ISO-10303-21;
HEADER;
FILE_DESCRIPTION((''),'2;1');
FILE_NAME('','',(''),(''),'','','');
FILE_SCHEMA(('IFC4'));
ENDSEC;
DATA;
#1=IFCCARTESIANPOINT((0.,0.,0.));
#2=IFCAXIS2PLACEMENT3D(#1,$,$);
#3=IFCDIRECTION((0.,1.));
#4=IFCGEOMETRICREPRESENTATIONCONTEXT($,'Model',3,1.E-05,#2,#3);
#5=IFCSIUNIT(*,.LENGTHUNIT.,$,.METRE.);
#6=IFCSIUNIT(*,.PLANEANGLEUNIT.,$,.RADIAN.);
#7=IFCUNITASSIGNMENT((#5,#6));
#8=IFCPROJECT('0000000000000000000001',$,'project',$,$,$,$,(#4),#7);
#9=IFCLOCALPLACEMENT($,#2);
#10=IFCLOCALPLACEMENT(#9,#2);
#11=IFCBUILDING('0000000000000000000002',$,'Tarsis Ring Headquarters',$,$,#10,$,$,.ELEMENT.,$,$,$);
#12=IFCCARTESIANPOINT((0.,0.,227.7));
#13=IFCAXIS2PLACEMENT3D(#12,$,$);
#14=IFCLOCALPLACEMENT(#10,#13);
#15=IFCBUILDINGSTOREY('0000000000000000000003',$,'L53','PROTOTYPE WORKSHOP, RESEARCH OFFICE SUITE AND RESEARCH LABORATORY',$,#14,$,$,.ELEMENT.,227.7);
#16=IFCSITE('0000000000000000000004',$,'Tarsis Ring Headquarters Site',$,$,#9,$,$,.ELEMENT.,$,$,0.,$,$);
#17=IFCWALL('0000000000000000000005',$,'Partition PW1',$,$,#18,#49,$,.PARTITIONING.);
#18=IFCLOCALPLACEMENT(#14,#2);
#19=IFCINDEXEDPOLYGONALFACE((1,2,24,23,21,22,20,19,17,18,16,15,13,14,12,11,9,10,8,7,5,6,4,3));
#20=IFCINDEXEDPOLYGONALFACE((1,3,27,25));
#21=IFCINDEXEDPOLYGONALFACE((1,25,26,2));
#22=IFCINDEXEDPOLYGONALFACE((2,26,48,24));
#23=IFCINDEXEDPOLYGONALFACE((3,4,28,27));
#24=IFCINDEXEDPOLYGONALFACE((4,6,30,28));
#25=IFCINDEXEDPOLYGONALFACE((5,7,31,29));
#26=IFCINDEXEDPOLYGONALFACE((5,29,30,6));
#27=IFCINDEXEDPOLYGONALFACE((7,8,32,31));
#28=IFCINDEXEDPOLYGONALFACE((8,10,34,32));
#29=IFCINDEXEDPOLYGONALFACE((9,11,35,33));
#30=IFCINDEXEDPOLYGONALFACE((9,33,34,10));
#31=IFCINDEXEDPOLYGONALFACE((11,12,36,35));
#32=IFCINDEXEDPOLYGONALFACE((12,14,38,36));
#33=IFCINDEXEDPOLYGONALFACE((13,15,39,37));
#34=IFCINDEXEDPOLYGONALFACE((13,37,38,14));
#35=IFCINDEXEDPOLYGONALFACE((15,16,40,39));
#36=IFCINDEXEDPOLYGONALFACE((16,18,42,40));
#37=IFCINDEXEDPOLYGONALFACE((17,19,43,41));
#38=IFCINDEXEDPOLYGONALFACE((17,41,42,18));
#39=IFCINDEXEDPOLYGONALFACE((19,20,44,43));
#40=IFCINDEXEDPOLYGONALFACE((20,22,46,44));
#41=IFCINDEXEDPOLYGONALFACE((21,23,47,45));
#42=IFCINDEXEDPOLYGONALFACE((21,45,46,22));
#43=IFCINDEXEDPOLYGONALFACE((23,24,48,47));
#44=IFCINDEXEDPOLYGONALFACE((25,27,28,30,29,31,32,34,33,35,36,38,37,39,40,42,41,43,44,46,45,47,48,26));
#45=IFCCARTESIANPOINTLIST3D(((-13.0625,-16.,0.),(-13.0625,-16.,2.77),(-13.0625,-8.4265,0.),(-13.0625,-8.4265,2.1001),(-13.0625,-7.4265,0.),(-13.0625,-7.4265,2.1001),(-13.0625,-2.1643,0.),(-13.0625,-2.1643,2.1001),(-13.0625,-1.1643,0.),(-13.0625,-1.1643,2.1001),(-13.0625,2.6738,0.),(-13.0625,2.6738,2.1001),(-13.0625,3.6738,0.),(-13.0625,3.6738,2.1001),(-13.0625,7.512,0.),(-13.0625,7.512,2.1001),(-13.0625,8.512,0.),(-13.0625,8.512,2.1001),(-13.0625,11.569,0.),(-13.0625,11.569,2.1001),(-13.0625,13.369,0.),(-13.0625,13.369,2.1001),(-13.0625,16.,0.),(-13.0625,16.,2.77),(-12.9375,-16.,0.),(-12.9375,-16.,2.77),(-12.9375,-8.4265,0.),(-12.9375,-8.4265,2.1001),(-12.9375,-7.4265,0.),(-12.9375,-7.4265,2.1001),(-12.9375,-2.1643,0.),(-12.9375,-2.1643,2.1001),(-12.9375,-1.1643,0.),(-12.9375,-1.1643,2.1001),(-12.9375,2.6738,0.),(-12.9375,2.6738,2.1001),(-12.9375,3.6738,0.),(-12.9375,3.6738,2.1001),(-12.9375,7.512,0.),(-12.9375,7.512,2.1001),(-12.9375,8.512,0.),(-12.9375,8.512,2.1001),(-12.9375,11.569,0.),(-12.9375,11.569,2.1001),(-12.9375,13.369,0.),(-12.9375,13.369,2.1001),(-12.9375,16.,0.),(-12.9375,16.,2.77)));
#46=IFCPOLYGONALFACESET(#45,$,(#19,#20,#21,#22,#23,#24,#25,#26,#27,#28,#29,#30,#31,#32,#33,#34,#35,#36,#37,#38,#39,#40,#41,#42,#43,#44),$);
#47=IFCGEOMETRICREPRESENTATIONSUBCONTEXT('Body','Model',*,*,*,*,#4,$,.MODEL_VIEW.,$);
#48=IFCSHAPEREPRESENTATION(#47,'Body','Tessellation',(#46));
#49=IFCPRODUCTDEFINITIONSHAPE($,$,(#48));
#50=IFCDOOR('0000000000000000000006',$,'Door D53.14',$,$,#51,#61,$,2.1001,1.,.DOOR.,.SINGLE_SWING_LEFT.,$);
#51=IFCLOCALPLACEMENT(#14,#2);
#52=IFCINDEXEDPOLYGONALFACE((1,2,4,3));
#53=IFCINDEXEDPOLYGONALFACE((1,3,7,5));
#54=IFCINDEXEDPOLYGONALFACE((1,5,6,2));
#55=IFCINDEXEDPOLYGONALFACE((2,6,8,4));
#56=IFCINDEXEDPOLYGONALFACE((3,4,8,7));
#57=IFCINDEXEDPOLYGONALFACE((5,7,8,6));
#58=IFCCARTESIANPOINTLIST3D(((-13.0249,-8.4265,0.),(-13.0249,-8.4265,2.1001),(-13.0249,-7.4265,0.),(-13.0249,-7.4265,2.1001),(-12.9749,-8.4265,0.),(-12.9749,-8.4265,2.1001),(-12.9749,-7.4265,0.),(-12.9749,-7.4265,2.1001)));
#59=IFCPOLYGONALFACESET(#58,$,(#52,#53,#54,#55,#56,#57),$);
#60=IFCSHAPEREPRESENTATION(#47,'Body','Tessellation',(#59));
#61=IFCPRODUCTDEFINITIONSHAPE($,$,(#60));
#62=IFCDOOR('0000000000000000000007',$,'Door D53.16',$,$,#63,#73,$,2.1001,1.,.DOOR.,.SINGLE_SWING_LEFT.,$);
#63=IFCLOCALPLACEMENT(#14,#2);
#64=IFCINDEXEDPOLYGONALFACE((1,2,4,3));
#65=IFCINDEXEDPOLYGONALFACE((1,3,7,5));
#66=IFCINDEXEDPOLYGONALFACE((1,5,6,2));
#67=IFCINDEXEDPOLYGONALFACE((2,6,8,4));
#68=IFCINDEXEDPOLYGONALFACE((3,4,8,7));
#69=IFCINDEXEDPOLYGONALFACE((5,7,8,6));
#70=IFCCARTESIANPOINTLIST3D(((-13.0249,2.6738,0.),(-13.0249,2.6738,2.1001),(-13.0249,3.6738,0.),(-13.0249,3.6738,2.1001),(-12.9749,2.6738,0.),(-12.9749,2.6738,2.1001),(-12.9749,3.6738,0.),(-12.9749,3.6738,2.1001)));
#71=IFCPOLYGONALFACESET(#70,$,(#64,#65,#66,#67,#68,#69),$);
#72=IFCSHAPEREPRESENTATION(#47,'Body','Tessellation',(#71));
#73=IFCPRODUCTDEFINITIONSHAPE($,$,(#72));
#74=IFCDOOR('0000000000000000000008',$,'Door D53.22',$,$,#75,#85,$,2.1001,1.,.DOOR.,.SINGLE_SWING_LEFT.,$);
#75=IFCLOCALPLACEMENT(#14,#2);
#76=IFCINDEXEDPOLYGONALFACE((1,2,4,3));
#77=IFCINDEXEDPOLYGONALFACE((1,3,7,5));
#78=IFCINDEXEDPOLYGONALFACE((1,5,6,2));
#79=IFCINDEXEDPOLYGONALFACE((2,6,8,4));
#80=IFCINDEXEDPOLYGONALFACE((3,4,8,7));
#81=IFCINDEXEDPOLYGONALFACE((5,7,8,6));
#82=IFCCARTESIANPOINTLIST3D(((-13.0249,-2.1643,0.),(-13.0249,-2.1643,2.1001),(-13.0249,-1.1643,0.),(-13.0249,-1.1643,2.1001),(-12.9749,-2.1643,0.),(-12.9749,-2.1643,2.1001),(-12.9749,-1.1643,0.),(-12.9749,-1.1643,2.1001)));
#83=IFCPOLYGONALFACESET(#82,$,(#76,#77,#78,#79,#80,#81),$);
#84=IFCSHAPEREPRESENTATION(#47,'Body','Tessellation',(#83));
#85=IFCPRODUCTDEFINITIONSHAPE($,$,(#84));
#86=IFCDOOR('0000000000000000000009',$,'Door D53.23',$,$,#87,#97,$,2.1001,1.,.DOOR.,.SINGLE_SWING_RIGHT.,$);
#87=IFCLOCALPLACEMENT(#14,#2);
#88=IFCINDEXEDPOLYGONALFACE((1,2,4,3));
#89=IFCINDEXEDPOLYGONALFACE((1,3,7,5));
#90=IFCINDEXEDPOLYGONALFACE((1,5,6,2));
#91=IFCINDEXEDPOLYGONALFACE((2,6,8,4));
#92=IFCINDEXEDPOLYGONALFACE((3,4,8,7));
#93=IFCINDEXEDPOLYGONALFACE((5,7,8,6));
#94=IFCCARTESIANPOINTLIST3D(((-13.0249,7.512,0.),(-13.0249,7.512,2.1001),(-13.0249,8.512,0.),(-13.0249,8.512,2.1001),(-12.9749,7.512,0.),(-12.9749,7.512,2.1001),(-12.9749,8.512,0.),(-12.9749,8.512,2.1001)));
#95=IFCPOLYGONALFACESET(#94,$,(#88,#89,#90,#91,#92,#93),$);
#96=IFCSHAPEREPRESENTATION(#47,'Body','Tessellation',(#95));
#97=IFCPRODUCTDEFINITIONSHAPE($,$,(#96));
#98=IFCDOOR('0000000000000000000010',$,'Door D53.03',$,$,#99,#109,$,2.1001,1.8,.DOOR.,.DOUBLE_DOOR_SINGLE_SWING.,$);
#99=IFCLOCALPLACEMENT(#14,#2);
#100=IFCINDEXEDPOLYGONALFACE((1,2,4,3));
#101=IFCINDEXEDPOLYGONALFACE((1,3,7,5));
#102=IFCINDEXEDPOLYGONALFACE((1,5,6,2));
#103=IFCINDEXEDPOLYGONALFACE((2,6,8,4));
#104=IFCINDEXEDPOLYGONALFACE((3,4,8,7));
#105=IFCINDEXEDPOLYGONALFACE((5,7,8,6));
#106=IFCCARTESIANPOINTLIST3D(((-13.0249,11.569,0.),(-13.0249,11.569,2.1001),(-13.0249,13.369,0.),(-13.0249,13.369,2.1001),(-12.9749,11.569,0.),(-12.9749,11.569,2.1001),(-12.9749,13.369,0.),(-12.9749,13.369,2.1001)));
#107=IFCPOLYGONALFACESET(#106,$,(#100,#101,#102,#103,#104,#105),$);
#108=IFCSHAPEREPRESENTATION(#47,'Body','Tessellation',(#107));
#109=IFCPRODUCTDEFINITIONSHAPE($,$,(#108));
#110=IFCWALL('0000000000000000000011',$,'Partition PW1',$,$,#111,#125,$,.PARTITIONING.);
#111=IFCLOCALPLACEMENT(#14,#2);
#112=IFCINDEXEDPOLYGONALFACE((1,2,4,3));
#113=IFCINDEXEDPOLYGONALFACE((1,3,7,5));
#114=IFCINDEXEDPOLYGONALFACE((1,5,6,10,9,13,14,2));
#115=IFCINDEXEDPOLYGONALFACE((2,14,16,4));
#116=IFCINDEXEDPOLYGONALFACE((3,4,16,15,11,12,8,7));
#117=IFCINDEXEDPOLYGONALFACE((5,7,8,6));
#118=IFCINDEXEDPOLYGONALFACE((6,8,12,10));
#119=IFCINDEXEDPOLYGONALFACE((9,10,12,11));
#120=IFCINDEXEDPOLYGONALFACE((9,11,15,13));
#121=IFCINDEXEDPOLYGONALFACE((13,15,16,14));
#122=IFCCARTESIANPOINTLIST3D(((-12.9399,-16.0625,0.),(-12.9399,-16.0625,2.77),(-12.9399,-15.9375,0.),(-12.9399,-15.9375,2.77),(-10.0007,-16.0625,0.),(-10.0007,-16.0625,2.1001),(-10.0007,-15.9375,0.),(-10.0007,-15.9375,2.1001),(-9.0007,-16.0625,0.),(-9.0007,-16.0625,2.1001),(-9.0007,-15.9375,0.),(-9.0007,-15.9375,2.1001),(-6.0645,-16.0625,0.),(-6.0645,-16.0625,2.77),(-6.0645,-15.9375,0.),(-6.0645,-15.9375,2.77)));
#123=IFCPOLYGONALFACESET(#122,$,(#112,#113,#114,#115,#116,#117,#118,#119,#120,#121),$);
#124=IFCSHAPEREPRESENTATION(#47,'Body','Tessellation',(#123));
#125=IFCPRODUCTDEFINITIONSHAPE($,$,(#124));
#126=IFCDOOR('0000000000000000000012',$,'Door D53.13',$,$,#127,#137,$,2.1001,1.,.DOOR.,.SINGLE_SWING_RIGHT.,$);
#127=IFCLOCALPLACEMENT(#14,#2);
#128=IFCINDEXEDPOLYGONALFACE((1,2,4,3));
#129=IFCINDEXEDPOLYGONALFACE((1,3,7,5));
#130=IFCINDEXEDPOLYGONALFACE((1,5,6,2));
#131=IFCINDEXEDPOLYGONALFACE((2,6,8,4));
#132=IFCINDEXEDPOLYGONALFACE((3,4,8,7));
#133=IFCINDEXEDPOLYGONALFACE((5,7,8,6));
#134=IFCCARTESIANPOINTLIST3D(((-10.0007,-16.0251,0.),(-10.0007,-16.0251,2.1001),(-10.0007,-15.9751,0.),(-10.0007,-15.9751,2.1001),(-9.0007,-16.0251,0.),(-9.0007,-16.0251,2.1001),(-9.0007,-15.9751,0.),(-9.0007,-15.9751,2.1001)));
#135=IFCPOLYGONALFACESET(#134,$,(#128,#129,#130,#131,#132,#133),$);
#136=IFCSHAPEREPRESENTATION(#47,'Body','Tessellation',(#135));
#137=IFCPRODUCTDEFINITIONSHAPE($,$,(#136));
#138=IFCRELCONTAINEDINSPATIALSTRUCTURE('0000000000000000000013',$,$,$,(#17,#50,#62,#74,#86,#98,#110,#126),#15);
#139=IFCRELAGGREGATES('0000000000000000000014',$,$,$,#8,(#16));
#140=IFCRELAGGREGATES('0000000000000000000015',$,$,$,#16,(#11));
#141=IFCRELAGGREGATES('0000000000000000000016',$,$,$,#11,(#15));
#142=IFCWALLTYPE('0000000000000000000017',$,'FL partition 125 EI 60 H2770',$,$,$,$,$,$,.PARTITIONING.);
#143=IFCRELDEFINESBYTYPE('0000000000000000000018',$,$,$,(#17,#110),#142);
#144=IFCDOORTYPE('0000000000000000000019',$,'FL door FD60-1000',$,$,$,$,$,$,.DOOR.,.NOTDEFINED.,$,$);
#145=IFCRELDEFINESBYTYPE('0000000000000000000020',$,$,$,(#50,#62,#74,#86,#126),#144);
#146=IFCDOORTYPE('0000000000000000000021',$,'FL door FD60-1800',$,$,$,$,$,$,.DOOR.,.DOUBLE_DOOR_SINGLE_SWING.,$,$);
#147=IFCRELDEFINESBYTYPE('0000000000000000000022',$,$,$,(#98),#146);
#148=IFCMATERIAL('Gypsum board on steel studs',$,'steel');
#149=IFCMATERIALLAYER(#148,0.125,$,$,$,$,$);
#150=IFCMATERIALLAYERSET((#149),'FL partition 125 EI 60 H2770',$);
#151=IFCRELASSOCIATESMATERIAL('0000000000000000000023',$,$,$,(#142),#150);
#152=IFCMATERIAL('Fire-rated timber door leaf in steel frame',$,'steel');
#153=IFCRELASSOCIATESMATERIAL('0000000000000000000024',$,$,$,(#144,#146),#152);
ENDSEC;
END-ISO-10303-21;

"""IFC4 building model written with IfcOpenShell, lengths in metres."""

from ifc_helpers import new_model, si_unit, direction, frame, frame_2d, origin, place, context, subcontext, project, spatial, rectangle, extrude, material, layer, layer_set, type_object, element, fill, save


model = new_model("IFC4")

# Units and contexts
model_context = context("Model", 3, precision=1e-05, world=origin(), true_north=direction((0.0, 1.0)))
body_context = subcontext(model_context, "Body", "Model", "MODEL_VIEW")
ifc_project = project(units=[si_unit("LENGTHUNIT", "METRE"), si_unit("PLANEANGLEUNIT", "RADIAN")], contexts=[model_context])

# Site, building, storey
site_placement = place(None, origin())
site = spatial("IfcSite", under=ifc_project, at=site_placement, Name="Tarsis Ring Headquarters Site", CompositionType="ELEMENT", RefElevation=0.0)
building_placement = place(site_placement, origin())
building = spatial("IfcBuilding", under=site, at=building_placement, Name="Tarsis Ring Headquarters", CompositionType="ELEMENT")
storey_placement = place(building_placement, frame((0.0, 0.0, 227.7)))
storey = spatial("IfcBuildingStorey", under=building, at=storey_placement, Name="L53", Description="PROTOTYPE WORKSHOP, RESEARCH OFFICE SUITE AND RESEARCH LABORATORY", CompositionType="ELEMENT", Elevation=227.7)

# Shared definitions
ifc_material_1 = material(Name="Gypsum board on steel studs", Category="steel")

# Wall, openings, doors
ifc_layer_1 = layer(ifc_material_1, 0.125)
ifc_layer_set_1 = layer_set([ifc_layer_1], Name="FL partition 125 EI 60 H2770")
wall_type_1 = type_object("IfcWallType", Name="FL partition 125 EI 60 H2770", PredefinedType="PARTITIONING", material=ifc_layer_set_1)
wall_1_placement = place(storey_placement, frame((-13.0, -16.0, 0.0), z_axis=(0.0, 0.0, 1.0), x_axis=(0.0, 1.0, 0.0)))
wall_1 = element("IfcWall", 1, at=wall_1_placement, inside=storey, type_object=wall_type_1, Name="Partition PW1", PredefinedType="PARTITIONING", context=body_context, shape_type="SweptSolid", body=[
    extrude(rectangle(XDim=32.0, YDim=0.125, at=frame_2d((16.0, 0.0))), origin(), (0.0, 0.0, 1.0), 2.77),
])
opening_1_placement = place(wall_1_placement, frame((27.5691, 0.0, 0.0)))
opening_1 = element("IfcOpeningElement", 2, at=opening_1_placement, cuts=wall_1, PredefinedType="OPENING", context=body_context, shape_type="SweptSolid", body=[
    extrude(rectangle(XDim=1.8, YDim=2.1001, at=frame_2d((0.8999, 1.05))), frame((0.0, 0.0725, 0.0), z_axis=(0.0, -1.0, 0.0), x_axis=(1.0, 0.0, 0.0)), (0.0, 0.0, 1.0), 0.145),
])
opening_2_placement = place(wall_1_placement, frame((7.5735, 0.0, 0.0)))
opening_2 = element("IfcOpeningElement", 3, at=opening_2_placement, cuts=wall_1, PredefinedType="OPENING", context=body_context, shape_type="SweptSolid", body=[
    extrude(rectangle(XDim=1.0, YDim=2.1001, at=frame_2d((0.5, 1.05))), frame((0.0, 0.0725, 0.0), z_axis=(0.0, -1.0, 0.0), x_axis=(1.0, 0.0, 0.0)), (0.0, 0.0, 1.0), 0.145),
])
opening_3_placement = place(wall_1_placement, frame((18.6738, 0.0, 0.0)))
opening_3 = element("IfcOpeningElement", 4, at=opening_3_placement, cuts=wall_1, PredefinedType="OPENING", context=body_context, shape_type="SweptSolid", body=[
    extrude(rectangle(XDim=1.0, YDim=2.1001, at=frame_2d((0.5, 1.05))), frame((0.0, 0.0725, 0.0), z_axis=(0.0, -1.0, 0.0), x_axis=(1.0, 0.0, 0.0)), (0.0, 0.0, 1.0), 0.145),
])
opening_4_placement = place(wall_1_placement, frame((13.8357, 0.0, 0.0)))
opening_4 = element("IfcOpeningElement", 5, at=opening_4_placement, cuts=wall_1, PredefinedType="OPENING", context=body_context, shape_type="SweptSolid", body=[
    extrude(rectangle(XDim=1.0, YDim=2.1001, at=frame_2d((0.5, 1.05))), frame((0.0, 0.0725, 0.0), z_axis=(0.0, -1.0, 0.0), x_axis=(1.0, 0.0, 0.0)), (0.0, 0.0, 1.0), 0.145),
])
opening_5_placement = place(wall_1_placement, frame((23.512, 0.0, 0.0)))
opening_5 = element("IfcOpeningElement", 6, at=opening_5_placement, cuts=wall_1, PredefinedType="OPENING", context=body_context, shape_type="SweptSolid", body=[
    extrude(rectangle(XDim=1.0, YDim=2.1001, at=frame_2d((0.5, 1.05))), frame((0.0, 0.0725, 0.0), z_axis=(0.0, -1.0, 0.0), x_axis=(1.0, 0.0, 0.0)), (0.0, 0.0, 1.0), 0.145),
])
ifc_material_2 = material(Name="Fire-rated timber door leaf in steel frame", Category="steel")
door_type_1 = type_object("IfcDoorType", Name="FL door FD60-1000", OperationType="NOTDEFINED", PredefinedType="DOOR", material=ifc_material_2)
door_1_placement = place(opening_2_placement, origin())
door_1 = element("IfcDoor", 7, at=door_1_placement, inside=storey, type_object=door_type_1, Name="Door D53.14", OperationType="SINGLE_SWING_LEFT", OverallHeight=2.1001, OverallWidth=1.0, PredefinedType="DOOR", context=body_context, shape_type="SweptSolid", body=[
    extrude(rectangle(XDim=1.0, YDim=2.1001, at=frame_2d((0.5, 1.05))), frame((0.0, 0.0249, 0.0), z_axis=(0.0, -1.0, 0.0), x_axis=(1.0, 0.0, 0.0)), (0.0, 0.0, 1.0), 0.05),
])
fill(opening_2, door_1)
door_2_placement = place(opening_3_placement, origin())
door_2 = element("IfcDoor", 8, at=door_2_placement, inside=storey, type_object=door_type_1, Name="Door D53.16", OperationType="SINGLE_SWING_LEFT", OverallHeight=2.1001, OverallWidth=1.0, PredefinedType="DOOR", context=body_context, shape_type="SweptSolid", body=[
    extrude(rectangle(XDim=1.0, YDim=2.1001, at=frame_2d((0.5, 1.05))), frame((0.0, 0.0249, 0.0), z_axis=(0.0, -1.0, 0.0), x_axis=(1.0, 0.0, 0.0)), (0.0, 0.0, 1.0), 0.05),
])
fill(opening_3, door_2)
door_3_placement = place(opening_4_placement, origin())
door_3 = element("IfcDoor", 9, at=door_3_placement, inside=storey, type_object=door_type_1, Name="Door D53.22", OperationType="SINGLE_SWING_LEFT", OverallHeight=2.1001, OverallWidth=1.0, PredefinedType="DOOR", context=body_context, shape_type="SweptSolid", body=[
    extrude(rectangle(XDim=1.0, YDim=2.1001, at=frame_2d((0.5, 1.05))), frame((0.0, 0.0249, 0.0), z_axis=(0.0, -1.0, 0.0), x_axis=(1.0, 0.0, 0.0)), (0.0, 0.0, 1.0), 0.05),
])
fill(opening_4, door_3)
door_4_placement = place(opening_5_placement, origin())
door_4 = element("IfcDoor", 10, at=door_4_placement, inside=storey, type_object=door_type_1, Name="Door D53.23", OperationType="SINGLE_SWING_RIGHT", OverallHeight=2.1001, OverallWidth=1.0, PredefinedType="DOOR", context=body_context, shape_type="SweptSolid", body=[
    extrude(rectangle(XDim=1.0, YDim=2.1001, at=frame_2d((0.5, 1.05))), frame((0.0, 0.0249, 0.0), z_axis=(0.0, -1.0, 0.0), x_axis=(1.0, 0.0, 0.0)), (0.0, 0.0, 1.0), 0.05),
])
fill(opening_5, door_4)
door_type_2 = type_object("IfcDoorType", Name="FL door FD60-1800", OperationType="DOUBLE_DOOR_SINGLE_SWING", PredefinedType="DOOR", material=ifc_material_2)
door_5_placement = place(opening_1_placement, origin())
door_5 = element("IfcDoor", 11, at=door_5_placement, inside=storey, type_object=door_type_2, Name="Door D53.03", OperationType="DOUBLE_DOOR_SINGLE_SWING", OverallHeight=2.1001, OverallWidth=1.8, PredefinedType="DOOR", context=body_context, shape_type="SweptSolid", body=[
    extrude(rectangle(XDim=1.8, YDim=2.1001, at=frame_2d((0.8999, 1.05))), frame((0.0, 0.0249, 0.0), z_axis=(0.0, -1.0, 0.0), x_axis=(1.0, 0.0, 0.0)), (0.0, 0.0, 1.0), 0.05),
])
fill(opening_1, door_5)

# Wall, opening, door
wall_2_placement = place(storey_placement, frame((-12.9399, -16.0, 0.0), z_axis=(0.0, 0.0, 1.0), x_axis=(1.0, 0.0, 0.0)))
wall_2 = element("IfcWall", 12, at=wall_2_placement, inside=storey, type_object=wall_type_1, Name="Partition PW1", PredefinedType="PARTITIONING", context=body_context, shape_type="SweptSolid", body=[
    extrude(rectangle(XDim=6.8755, YDim=0.125, at=frame_2d((3.4377, 0.0))), origin(), (0.0, 0.0, 1.0), 2.77),
])
opening_6_placement = place(wall_2_placement, frame((2.9392, 0.0, 0.0)))
opening_6 = element("IfcOpeningElement", 13, at=opening_6_placement, cuts=wall_2, PredefinedType="OPENING", context=body_context, shape_type="SweptSolid", body=[
    extrude(rectangle(XDim=1.0, YDim=2.1001, at=frame_2d((0.5, 1.05))), frame((0.0, 0.0725, 0.0), z_axis=(0.0, -1.0, 0.0), x_axis=(1.0, 0.0, 0.0)), (0.0, 0.0, 1.0), 0.145),
])
door_6_placement = place(opening_6_placement, origin())
door_6 = element("IfcDoor", 14, at=door_6_placement, inside=storey, type_object=door_type_1, Name="Door D53.13", OperationType="SINGLE_SWING_RIGHT", OverallHeight=2.1001, OverallWidth=1.0, PredefinedType="DOOR", context=body_context, shape_type="SweptSolid", body=[
    extrude(rectangle(XDim=1.0, YDim=2.1001, at=frame_2d((0.5, 1.05))), frame((0.0, 0.0249, 0.0), z_axis=(0.0, -1.0, 0.0), x_axis=(1.0, 0.0, 0.0)), (0.0, 0.0, 1.0), 0.05),
])
fill(opening_6, door_6)

save(model, "model.ifc")
